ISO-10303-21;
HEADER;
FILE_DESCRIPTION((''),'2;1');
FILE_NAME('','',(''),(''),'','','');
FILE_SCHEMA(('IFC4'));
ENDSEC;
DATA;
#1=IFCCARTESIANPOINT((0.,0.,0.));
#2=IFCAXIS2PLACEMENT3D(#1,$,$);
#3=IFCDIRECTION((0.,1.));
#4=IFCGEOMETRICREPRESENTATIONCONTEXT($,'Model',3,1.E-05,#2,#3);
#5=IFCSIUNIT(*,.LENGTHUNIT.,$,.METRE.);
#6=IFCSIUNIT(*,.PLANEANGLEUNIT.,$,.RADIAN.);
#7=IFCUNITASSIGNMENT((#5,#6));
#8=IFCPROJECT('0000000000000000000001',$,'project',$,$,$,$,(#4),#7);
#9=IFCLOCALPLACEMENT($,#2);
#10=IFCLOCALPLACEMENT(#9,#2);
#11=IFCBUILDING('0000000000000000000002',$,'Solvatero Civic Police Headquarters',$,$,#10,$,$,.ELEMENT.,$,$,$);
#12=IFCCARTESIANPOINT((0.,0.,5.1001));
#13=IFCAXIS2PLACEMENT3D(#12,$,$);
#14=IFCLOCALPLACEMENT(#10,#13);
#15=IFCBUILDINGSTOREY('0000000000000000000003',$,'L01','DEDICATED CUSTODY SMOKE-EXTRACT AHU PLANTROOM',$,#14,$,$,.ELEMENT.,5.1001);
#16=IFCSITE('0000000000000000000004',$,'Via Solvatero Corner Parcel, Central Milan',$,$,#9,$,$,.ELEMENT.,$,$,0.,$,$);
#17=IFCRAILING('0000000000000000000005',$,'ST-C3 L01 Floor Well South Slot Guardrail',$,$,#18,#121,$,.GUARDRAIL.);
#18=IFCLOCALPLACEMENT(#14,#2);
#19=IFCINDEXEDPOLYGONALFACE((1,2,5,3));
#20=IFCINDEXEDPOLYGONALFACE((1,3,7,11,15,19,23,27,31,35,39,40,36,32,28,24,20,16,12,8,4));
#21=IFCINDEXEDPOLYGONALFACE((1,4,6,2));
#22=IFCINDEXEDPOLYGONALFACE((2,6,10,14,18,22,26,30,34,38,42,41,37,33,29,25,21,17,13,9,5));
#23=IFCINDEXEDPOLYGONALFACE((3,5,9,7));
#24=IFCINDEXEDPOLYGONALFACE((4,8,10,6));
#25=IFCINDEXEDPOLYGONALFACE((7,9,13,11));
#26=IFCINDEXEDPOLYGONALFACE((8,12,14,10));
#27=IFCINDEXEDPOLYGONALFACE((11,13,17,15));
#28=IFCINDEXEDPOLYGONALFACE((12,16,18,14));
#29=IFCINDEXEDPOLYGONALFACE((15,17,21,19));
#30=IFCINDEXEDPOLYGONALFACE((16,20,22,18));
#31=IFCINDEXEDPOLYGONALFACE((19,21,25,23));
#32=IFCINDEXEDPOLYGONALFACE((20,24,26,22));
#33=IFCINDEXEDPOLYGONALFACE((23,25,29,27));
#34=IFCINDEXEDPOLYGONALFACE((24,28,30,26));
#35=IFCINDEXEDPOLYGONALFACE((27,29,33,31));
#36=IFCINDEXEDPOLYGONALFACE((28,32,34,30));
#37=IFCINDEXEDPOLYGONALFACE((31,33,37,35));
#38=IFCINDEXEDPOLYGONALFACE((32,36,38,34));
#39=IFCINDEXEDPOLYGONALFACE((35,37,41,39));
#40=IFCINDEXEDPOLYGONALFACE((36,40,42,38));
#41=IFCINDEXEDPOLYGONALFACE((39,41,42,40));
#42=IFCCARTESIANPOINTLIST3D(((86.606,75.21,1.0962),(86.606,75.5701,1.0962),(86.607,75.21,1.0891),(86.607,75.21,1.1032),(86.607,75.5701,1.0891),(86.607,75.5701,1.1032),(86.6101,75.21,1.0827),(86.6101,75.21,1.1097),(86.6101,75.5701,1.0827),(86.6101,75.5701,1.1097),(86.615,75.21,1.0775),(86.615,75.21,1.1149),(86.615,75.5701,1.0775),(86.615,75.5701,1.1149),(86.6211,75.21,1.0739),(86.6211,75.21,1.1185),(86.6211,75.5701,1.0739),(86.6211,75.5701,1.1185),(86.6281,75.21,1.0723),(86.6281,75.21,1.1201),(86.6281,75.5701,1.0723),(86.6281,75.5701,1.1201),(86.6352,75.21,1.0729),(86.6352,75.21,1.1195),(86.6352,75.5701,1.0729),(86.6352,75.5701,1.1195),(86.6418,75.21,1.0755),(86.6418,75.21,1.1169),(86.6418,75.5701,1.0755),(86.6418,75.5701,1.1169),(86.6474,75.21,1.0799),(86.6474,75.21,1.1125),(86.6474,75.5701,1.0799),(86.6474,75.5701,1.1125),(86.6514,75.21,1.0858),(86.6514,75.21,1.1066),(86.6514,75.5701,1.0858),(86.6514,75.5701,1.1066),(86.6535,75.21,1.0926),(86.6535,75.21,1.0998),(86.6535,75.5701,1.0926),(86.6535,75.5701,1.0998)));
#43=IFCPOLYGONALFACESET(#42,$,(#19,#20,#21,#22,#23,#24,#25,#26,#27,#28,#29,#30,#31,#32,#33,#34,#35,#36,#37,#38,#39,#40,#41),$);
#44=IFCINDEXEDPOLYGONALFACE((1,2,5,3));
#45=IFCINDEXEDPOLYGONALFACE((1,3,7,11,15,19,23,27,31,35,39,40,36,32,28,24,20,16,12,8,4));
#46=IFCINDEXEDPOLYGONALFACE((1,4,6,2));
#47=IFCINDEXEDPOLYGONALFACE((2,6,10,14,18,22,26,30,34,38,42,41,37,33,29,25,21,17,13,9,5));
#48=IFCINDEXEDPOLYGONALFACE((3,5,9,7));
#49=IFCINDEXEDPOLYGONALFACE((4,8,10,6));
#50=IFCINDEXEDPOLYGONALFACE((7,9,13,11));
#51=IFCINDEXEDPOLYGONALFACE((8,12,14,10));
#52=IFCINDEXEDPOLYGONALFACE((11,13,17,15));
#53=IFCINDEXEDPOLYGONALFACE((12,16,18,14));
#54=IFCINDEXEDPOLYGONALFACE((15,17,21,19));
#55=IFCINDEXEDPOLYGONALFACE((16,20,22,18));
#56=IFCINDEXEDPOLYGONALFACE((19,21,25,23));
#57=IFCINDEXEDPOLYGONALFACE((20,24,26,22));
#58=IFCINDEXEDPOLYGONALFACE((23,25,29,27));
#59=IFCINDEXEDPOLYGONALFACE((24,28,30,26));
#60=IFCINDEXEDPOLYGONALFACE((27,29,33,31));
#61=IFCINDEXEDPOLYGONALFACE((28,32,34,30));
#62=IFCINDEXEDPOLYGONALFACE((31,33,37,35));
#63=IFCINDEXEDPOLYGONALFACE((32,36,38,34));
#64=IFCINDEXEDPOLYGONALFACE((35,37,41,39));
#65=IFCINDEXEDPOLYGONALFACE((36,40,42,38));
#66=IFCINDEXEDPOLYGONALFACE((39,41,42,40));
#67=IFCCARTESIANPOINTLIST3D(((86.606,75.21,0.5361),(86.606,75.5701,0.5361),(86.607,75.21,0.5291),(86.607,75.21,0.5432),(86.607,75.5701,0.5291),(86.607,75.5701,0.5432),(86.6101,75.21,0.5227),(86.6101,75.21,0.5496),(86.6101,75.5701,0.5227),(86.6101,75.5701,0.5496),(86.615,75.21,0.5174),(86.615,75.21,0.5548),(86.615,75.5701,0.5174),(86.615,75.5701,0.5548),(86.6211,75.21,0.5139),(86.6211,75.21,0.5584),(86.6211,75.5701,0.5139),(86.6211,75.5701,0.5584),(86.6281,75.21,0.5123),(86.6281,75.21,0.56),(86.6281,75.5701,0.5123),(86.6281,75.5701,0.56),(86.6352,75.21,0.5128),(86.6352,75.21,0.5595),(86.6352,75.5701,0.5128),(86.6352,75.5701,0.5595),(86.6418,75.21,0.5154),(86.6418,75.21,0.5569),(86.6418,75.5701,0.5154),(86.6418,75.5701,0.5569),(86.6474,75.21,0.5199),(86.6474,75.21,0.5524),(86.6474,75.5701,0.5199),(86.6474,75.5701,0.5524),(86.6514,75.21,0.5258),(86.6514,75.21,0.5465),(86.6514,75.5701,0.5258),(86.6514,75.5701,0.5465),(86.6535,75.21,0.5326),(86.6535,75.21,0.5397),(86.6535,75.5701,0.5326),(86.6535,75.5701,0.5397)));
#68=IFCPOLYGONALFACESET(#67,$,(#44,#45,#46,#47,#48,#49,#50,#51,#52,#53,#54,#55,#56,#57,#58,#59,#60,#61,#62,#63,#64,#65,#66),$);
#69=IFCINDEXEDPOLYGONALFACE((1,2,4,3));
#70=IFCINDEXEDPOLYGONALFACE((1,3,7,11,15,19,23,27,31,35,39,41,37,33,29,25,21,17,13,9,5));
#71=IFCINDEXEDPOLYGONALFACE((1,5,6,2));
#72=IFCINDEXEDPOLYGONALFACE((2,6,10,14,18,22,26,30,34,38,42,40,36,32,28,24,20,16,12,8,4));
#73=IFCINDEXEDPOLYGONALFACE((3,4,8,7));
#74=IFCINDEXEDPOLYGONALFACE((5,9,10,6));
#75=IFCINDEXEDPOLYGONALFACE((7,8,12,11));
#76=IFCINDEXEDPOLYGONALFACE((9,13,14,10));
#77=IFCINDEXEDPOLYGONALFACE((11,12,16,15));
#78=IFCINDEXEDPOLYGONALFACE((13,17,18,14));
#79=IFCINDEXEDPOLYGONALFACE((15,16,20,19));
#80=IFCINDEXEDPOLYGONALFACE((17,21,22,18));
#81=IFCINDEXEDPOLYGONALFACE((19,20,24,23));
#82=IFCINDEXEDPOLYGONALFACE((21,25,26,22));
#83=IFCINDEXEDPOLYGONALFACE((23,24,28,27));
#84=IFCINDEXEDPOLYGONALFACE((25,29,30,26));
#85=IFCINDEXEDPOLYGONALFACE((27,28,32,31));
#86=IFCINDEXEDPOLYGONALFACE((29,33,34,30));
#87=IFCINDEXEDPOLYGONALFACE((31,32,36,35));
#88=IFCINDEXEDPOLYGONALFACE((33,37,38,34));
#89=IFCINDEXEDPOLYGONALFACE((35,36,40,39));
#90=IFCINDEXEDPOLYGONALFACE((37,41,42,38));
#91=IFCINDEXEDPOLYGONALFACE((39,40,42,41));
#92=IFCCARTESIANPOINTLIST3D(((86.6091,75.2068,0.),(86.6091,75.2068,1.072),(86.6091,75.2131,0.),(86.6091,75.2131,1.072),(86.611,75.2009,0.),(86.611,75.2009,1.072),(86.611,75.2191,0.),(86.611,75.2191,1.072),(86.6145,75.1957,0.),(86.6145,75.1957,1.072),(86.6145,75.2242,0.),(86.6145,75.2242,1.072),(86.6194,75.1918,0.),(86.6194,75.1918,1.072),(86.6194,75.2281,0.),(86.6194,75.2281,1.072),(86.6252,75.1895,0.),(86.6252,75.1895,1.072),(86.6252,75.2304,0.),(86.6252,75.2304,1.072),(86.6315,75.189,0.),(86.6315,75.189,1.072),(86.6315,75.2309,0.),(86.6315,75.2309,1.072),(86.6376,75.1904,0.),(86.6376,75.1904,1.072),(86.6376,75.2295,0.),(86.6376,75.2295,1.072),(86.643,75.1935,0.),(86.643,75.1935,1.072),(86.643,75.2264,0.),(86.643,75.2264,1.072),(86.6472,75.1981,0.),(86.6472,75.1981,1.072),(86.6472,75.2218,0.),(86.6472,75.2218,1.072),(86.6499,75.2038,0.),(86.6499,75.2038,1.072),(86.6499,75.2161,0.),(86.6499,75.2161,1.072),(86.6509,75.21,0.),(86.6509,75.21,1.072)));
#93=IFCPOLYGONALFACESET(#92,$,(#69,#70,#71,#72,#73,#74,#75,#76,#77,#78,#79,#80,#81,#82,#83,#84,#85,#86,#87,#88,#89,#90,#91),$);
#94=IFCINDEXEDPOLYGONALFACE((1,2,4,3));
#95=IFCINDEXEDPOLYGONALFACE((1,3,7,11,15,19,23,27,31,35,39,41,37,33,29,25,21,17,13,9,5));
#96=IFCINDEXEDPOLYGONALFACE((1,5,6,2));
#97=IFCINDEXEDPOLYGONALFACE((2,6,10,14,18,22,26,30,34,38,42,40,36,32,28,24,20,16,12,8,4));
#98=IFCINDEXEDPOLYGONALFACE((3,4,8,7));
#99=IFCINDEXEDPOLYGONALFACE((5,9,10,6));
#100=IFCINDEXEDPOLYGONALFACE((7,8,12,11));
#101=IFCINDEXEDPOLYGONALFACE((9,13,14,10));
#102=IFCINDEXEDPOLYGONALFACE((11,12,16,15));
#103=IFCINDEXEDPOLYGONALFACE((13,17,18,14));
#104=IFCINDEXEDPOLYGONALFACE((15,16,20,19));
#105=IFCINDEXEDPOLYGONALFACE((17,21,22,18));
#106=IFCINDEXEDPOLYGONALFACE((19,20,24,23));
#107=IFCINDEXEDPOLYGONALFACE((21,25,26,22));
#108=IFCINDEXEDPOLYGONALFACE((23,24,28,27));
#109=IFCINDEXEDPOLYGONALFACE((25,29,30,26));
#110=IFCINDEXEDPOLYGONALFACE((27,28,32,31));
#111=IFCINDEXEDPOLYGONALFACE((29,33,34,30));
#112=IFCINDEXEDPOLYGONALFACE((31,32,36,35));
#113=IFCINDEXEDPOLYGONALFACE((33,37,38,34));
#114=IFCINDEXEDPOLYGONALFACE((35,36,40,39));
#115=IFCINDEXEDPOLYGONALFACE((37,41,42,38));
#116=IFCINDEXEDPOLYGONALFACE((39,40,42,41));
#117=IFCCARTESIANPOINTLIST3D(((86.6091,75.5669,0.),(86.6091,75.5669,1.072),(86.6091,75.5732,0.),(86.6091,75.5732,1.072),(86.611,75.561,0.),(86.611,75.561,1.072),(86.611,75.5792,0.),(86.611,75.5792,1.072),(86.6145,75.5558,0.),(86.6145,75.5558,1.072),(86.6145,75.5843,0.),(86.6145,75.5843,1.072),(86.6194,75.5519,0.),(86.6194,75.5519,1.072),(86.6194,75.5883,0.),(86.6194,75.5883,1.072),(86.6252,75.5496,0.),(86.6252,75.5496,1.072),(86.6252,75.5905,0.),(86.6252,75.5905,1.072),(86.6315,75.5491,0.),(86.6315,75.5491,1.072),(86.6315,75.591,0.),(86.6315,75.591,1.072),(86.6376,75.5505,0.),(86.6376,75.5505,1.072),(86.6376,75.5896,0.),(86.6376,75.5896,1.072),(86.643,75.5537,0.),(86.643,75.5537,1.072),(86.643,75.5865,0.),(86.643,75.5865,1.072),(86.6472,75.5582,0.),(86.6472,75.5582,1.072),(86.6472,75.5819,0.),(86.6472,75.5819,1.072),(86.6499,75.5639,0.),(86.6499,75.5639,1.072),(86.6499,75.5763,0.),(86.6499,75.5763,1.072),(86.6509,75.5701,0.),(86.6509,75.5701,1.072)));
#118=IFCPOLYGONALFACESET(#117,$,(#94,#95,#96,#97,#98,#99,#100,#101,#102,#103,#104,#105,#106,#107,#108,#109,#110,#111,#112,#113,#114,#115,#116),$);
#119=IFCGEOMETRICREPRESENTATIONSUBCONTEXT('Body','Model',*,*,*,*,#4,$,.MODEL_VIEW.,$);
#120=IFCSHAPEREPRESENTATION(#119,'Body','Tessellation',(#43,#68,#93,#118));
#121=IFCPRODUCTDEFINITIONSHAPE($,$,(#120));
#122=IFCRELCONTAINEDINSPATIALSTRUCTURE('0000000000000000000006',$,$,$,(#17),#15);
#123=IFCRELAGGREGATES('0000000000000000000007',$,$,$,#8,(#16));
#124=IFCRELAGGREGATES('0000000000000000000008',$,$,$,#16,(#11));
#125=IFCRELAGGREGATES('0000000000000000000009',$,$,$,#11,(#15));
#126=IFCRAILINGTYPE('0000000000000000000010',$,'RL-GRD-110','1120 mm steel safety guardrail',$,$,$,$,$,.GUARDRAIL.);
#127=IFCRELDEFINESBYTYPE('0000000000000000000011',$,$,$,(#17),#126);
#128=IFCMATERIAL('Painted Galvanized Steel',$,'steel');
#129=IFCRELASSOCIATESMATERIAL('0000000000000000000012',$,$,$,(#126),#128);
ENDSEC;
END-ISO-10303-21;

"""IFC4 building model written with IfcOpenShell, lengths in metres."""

from ifc_helpers import new_model, si_unit, direction, frame, origin, origin_2d, place, context, subcontext, project, spatial, circle, extrude, material, type_object, element, save


model = new_model("IFC4")

# Units and contexts
model_context = context("Model", 3, precision=1e-05, world=origin(), true_north=direction((0.0, 1.0)))
body_context = subcontext(model_context, "Body", "Model", "MODEL_VIEW")
ifc_project = project(units=[si_unit("LENGTHUNIT", "METRE"), si_unit("PLANEANGLEUNIT", "RADIAN")], contexts=[model_context])

# Site, building, storey
site_placement = place(None, origin())
site = spatial("IfcSite", under=ifc_project, at=site_placement, Name="Via Solvatero Corner Parcel, Central Milan", CompositionType="ELEMENT", RefElevation=0.0)
building_placement = place(site_placement, origin())
building = spatial("IfcBuilding", under=site, at=building_placement, Name="Solvatero Civic Police Headquarters", CompositionType="ELEMENT")
storey_placement = place(building_placement, frame((0.0, 0.0, 5.1001)))
storey = spatial("IfcBuildingStorey", under=building, at=storey_placement, Name="L01", Description="DEDICATED CUSTODY SMOKE-EXTRACT AHU PLANTROOM", CompositionType="ELEMENT", Elevation=5.1001)

# Railing
ifc_material_1 = material(Name="Painted Galvanized Steel", Category="steel")
railing_type_1 = type_object("IfcRailingType", Name="RL-GRD-110", Description="1120 mm steel safety guardrail", PredefinedType="GUARDRAIL", material=ifc_material_1)
railing_1_placement = place(storey_placement, frame((86.6299, 75.21, 0.0)))
element("IfcRailing", 1, at=railing_1_placement, inside=storey, type_object=railing_type_1, Name="ST-C3 L01 Floor Well South Slot Guardrail", PredefinedType="GUARDRAIL", context=body_context, shape_type="SweptSolid", body=[
    extrude(circle(Radius=0.0239, at=origin_2d()), frame((0.0, 0.0, 1.0962), z_axis=(0.0, 1.0, 0.0), x_axis=(-1.0, 0.0, 0.0)), (0.0, 0.0, 1.0), 0.3601),
    extrude(circle(Radius=0.0239, at=origin_2d()), frame((0.0, 0.0, 0.5361), z_axis=(0.0, 1.0, 0.0), x_axis=(-1.0, 0.0, 0.0)), (0.0, 0.0, 1.0), 0.3601),
    extrude(circle(Radius=0.021, at=origin_2d()), origin(), (0.0, 0.0, 1.0), 1.072),
    extrude(circle(Radius=0.021, at=origin_2d()), frame((0.0, 0.3601, 0.0)), (0.0, 0.0, 1.0), 1.072),
])

save(model, "model.ifc")
